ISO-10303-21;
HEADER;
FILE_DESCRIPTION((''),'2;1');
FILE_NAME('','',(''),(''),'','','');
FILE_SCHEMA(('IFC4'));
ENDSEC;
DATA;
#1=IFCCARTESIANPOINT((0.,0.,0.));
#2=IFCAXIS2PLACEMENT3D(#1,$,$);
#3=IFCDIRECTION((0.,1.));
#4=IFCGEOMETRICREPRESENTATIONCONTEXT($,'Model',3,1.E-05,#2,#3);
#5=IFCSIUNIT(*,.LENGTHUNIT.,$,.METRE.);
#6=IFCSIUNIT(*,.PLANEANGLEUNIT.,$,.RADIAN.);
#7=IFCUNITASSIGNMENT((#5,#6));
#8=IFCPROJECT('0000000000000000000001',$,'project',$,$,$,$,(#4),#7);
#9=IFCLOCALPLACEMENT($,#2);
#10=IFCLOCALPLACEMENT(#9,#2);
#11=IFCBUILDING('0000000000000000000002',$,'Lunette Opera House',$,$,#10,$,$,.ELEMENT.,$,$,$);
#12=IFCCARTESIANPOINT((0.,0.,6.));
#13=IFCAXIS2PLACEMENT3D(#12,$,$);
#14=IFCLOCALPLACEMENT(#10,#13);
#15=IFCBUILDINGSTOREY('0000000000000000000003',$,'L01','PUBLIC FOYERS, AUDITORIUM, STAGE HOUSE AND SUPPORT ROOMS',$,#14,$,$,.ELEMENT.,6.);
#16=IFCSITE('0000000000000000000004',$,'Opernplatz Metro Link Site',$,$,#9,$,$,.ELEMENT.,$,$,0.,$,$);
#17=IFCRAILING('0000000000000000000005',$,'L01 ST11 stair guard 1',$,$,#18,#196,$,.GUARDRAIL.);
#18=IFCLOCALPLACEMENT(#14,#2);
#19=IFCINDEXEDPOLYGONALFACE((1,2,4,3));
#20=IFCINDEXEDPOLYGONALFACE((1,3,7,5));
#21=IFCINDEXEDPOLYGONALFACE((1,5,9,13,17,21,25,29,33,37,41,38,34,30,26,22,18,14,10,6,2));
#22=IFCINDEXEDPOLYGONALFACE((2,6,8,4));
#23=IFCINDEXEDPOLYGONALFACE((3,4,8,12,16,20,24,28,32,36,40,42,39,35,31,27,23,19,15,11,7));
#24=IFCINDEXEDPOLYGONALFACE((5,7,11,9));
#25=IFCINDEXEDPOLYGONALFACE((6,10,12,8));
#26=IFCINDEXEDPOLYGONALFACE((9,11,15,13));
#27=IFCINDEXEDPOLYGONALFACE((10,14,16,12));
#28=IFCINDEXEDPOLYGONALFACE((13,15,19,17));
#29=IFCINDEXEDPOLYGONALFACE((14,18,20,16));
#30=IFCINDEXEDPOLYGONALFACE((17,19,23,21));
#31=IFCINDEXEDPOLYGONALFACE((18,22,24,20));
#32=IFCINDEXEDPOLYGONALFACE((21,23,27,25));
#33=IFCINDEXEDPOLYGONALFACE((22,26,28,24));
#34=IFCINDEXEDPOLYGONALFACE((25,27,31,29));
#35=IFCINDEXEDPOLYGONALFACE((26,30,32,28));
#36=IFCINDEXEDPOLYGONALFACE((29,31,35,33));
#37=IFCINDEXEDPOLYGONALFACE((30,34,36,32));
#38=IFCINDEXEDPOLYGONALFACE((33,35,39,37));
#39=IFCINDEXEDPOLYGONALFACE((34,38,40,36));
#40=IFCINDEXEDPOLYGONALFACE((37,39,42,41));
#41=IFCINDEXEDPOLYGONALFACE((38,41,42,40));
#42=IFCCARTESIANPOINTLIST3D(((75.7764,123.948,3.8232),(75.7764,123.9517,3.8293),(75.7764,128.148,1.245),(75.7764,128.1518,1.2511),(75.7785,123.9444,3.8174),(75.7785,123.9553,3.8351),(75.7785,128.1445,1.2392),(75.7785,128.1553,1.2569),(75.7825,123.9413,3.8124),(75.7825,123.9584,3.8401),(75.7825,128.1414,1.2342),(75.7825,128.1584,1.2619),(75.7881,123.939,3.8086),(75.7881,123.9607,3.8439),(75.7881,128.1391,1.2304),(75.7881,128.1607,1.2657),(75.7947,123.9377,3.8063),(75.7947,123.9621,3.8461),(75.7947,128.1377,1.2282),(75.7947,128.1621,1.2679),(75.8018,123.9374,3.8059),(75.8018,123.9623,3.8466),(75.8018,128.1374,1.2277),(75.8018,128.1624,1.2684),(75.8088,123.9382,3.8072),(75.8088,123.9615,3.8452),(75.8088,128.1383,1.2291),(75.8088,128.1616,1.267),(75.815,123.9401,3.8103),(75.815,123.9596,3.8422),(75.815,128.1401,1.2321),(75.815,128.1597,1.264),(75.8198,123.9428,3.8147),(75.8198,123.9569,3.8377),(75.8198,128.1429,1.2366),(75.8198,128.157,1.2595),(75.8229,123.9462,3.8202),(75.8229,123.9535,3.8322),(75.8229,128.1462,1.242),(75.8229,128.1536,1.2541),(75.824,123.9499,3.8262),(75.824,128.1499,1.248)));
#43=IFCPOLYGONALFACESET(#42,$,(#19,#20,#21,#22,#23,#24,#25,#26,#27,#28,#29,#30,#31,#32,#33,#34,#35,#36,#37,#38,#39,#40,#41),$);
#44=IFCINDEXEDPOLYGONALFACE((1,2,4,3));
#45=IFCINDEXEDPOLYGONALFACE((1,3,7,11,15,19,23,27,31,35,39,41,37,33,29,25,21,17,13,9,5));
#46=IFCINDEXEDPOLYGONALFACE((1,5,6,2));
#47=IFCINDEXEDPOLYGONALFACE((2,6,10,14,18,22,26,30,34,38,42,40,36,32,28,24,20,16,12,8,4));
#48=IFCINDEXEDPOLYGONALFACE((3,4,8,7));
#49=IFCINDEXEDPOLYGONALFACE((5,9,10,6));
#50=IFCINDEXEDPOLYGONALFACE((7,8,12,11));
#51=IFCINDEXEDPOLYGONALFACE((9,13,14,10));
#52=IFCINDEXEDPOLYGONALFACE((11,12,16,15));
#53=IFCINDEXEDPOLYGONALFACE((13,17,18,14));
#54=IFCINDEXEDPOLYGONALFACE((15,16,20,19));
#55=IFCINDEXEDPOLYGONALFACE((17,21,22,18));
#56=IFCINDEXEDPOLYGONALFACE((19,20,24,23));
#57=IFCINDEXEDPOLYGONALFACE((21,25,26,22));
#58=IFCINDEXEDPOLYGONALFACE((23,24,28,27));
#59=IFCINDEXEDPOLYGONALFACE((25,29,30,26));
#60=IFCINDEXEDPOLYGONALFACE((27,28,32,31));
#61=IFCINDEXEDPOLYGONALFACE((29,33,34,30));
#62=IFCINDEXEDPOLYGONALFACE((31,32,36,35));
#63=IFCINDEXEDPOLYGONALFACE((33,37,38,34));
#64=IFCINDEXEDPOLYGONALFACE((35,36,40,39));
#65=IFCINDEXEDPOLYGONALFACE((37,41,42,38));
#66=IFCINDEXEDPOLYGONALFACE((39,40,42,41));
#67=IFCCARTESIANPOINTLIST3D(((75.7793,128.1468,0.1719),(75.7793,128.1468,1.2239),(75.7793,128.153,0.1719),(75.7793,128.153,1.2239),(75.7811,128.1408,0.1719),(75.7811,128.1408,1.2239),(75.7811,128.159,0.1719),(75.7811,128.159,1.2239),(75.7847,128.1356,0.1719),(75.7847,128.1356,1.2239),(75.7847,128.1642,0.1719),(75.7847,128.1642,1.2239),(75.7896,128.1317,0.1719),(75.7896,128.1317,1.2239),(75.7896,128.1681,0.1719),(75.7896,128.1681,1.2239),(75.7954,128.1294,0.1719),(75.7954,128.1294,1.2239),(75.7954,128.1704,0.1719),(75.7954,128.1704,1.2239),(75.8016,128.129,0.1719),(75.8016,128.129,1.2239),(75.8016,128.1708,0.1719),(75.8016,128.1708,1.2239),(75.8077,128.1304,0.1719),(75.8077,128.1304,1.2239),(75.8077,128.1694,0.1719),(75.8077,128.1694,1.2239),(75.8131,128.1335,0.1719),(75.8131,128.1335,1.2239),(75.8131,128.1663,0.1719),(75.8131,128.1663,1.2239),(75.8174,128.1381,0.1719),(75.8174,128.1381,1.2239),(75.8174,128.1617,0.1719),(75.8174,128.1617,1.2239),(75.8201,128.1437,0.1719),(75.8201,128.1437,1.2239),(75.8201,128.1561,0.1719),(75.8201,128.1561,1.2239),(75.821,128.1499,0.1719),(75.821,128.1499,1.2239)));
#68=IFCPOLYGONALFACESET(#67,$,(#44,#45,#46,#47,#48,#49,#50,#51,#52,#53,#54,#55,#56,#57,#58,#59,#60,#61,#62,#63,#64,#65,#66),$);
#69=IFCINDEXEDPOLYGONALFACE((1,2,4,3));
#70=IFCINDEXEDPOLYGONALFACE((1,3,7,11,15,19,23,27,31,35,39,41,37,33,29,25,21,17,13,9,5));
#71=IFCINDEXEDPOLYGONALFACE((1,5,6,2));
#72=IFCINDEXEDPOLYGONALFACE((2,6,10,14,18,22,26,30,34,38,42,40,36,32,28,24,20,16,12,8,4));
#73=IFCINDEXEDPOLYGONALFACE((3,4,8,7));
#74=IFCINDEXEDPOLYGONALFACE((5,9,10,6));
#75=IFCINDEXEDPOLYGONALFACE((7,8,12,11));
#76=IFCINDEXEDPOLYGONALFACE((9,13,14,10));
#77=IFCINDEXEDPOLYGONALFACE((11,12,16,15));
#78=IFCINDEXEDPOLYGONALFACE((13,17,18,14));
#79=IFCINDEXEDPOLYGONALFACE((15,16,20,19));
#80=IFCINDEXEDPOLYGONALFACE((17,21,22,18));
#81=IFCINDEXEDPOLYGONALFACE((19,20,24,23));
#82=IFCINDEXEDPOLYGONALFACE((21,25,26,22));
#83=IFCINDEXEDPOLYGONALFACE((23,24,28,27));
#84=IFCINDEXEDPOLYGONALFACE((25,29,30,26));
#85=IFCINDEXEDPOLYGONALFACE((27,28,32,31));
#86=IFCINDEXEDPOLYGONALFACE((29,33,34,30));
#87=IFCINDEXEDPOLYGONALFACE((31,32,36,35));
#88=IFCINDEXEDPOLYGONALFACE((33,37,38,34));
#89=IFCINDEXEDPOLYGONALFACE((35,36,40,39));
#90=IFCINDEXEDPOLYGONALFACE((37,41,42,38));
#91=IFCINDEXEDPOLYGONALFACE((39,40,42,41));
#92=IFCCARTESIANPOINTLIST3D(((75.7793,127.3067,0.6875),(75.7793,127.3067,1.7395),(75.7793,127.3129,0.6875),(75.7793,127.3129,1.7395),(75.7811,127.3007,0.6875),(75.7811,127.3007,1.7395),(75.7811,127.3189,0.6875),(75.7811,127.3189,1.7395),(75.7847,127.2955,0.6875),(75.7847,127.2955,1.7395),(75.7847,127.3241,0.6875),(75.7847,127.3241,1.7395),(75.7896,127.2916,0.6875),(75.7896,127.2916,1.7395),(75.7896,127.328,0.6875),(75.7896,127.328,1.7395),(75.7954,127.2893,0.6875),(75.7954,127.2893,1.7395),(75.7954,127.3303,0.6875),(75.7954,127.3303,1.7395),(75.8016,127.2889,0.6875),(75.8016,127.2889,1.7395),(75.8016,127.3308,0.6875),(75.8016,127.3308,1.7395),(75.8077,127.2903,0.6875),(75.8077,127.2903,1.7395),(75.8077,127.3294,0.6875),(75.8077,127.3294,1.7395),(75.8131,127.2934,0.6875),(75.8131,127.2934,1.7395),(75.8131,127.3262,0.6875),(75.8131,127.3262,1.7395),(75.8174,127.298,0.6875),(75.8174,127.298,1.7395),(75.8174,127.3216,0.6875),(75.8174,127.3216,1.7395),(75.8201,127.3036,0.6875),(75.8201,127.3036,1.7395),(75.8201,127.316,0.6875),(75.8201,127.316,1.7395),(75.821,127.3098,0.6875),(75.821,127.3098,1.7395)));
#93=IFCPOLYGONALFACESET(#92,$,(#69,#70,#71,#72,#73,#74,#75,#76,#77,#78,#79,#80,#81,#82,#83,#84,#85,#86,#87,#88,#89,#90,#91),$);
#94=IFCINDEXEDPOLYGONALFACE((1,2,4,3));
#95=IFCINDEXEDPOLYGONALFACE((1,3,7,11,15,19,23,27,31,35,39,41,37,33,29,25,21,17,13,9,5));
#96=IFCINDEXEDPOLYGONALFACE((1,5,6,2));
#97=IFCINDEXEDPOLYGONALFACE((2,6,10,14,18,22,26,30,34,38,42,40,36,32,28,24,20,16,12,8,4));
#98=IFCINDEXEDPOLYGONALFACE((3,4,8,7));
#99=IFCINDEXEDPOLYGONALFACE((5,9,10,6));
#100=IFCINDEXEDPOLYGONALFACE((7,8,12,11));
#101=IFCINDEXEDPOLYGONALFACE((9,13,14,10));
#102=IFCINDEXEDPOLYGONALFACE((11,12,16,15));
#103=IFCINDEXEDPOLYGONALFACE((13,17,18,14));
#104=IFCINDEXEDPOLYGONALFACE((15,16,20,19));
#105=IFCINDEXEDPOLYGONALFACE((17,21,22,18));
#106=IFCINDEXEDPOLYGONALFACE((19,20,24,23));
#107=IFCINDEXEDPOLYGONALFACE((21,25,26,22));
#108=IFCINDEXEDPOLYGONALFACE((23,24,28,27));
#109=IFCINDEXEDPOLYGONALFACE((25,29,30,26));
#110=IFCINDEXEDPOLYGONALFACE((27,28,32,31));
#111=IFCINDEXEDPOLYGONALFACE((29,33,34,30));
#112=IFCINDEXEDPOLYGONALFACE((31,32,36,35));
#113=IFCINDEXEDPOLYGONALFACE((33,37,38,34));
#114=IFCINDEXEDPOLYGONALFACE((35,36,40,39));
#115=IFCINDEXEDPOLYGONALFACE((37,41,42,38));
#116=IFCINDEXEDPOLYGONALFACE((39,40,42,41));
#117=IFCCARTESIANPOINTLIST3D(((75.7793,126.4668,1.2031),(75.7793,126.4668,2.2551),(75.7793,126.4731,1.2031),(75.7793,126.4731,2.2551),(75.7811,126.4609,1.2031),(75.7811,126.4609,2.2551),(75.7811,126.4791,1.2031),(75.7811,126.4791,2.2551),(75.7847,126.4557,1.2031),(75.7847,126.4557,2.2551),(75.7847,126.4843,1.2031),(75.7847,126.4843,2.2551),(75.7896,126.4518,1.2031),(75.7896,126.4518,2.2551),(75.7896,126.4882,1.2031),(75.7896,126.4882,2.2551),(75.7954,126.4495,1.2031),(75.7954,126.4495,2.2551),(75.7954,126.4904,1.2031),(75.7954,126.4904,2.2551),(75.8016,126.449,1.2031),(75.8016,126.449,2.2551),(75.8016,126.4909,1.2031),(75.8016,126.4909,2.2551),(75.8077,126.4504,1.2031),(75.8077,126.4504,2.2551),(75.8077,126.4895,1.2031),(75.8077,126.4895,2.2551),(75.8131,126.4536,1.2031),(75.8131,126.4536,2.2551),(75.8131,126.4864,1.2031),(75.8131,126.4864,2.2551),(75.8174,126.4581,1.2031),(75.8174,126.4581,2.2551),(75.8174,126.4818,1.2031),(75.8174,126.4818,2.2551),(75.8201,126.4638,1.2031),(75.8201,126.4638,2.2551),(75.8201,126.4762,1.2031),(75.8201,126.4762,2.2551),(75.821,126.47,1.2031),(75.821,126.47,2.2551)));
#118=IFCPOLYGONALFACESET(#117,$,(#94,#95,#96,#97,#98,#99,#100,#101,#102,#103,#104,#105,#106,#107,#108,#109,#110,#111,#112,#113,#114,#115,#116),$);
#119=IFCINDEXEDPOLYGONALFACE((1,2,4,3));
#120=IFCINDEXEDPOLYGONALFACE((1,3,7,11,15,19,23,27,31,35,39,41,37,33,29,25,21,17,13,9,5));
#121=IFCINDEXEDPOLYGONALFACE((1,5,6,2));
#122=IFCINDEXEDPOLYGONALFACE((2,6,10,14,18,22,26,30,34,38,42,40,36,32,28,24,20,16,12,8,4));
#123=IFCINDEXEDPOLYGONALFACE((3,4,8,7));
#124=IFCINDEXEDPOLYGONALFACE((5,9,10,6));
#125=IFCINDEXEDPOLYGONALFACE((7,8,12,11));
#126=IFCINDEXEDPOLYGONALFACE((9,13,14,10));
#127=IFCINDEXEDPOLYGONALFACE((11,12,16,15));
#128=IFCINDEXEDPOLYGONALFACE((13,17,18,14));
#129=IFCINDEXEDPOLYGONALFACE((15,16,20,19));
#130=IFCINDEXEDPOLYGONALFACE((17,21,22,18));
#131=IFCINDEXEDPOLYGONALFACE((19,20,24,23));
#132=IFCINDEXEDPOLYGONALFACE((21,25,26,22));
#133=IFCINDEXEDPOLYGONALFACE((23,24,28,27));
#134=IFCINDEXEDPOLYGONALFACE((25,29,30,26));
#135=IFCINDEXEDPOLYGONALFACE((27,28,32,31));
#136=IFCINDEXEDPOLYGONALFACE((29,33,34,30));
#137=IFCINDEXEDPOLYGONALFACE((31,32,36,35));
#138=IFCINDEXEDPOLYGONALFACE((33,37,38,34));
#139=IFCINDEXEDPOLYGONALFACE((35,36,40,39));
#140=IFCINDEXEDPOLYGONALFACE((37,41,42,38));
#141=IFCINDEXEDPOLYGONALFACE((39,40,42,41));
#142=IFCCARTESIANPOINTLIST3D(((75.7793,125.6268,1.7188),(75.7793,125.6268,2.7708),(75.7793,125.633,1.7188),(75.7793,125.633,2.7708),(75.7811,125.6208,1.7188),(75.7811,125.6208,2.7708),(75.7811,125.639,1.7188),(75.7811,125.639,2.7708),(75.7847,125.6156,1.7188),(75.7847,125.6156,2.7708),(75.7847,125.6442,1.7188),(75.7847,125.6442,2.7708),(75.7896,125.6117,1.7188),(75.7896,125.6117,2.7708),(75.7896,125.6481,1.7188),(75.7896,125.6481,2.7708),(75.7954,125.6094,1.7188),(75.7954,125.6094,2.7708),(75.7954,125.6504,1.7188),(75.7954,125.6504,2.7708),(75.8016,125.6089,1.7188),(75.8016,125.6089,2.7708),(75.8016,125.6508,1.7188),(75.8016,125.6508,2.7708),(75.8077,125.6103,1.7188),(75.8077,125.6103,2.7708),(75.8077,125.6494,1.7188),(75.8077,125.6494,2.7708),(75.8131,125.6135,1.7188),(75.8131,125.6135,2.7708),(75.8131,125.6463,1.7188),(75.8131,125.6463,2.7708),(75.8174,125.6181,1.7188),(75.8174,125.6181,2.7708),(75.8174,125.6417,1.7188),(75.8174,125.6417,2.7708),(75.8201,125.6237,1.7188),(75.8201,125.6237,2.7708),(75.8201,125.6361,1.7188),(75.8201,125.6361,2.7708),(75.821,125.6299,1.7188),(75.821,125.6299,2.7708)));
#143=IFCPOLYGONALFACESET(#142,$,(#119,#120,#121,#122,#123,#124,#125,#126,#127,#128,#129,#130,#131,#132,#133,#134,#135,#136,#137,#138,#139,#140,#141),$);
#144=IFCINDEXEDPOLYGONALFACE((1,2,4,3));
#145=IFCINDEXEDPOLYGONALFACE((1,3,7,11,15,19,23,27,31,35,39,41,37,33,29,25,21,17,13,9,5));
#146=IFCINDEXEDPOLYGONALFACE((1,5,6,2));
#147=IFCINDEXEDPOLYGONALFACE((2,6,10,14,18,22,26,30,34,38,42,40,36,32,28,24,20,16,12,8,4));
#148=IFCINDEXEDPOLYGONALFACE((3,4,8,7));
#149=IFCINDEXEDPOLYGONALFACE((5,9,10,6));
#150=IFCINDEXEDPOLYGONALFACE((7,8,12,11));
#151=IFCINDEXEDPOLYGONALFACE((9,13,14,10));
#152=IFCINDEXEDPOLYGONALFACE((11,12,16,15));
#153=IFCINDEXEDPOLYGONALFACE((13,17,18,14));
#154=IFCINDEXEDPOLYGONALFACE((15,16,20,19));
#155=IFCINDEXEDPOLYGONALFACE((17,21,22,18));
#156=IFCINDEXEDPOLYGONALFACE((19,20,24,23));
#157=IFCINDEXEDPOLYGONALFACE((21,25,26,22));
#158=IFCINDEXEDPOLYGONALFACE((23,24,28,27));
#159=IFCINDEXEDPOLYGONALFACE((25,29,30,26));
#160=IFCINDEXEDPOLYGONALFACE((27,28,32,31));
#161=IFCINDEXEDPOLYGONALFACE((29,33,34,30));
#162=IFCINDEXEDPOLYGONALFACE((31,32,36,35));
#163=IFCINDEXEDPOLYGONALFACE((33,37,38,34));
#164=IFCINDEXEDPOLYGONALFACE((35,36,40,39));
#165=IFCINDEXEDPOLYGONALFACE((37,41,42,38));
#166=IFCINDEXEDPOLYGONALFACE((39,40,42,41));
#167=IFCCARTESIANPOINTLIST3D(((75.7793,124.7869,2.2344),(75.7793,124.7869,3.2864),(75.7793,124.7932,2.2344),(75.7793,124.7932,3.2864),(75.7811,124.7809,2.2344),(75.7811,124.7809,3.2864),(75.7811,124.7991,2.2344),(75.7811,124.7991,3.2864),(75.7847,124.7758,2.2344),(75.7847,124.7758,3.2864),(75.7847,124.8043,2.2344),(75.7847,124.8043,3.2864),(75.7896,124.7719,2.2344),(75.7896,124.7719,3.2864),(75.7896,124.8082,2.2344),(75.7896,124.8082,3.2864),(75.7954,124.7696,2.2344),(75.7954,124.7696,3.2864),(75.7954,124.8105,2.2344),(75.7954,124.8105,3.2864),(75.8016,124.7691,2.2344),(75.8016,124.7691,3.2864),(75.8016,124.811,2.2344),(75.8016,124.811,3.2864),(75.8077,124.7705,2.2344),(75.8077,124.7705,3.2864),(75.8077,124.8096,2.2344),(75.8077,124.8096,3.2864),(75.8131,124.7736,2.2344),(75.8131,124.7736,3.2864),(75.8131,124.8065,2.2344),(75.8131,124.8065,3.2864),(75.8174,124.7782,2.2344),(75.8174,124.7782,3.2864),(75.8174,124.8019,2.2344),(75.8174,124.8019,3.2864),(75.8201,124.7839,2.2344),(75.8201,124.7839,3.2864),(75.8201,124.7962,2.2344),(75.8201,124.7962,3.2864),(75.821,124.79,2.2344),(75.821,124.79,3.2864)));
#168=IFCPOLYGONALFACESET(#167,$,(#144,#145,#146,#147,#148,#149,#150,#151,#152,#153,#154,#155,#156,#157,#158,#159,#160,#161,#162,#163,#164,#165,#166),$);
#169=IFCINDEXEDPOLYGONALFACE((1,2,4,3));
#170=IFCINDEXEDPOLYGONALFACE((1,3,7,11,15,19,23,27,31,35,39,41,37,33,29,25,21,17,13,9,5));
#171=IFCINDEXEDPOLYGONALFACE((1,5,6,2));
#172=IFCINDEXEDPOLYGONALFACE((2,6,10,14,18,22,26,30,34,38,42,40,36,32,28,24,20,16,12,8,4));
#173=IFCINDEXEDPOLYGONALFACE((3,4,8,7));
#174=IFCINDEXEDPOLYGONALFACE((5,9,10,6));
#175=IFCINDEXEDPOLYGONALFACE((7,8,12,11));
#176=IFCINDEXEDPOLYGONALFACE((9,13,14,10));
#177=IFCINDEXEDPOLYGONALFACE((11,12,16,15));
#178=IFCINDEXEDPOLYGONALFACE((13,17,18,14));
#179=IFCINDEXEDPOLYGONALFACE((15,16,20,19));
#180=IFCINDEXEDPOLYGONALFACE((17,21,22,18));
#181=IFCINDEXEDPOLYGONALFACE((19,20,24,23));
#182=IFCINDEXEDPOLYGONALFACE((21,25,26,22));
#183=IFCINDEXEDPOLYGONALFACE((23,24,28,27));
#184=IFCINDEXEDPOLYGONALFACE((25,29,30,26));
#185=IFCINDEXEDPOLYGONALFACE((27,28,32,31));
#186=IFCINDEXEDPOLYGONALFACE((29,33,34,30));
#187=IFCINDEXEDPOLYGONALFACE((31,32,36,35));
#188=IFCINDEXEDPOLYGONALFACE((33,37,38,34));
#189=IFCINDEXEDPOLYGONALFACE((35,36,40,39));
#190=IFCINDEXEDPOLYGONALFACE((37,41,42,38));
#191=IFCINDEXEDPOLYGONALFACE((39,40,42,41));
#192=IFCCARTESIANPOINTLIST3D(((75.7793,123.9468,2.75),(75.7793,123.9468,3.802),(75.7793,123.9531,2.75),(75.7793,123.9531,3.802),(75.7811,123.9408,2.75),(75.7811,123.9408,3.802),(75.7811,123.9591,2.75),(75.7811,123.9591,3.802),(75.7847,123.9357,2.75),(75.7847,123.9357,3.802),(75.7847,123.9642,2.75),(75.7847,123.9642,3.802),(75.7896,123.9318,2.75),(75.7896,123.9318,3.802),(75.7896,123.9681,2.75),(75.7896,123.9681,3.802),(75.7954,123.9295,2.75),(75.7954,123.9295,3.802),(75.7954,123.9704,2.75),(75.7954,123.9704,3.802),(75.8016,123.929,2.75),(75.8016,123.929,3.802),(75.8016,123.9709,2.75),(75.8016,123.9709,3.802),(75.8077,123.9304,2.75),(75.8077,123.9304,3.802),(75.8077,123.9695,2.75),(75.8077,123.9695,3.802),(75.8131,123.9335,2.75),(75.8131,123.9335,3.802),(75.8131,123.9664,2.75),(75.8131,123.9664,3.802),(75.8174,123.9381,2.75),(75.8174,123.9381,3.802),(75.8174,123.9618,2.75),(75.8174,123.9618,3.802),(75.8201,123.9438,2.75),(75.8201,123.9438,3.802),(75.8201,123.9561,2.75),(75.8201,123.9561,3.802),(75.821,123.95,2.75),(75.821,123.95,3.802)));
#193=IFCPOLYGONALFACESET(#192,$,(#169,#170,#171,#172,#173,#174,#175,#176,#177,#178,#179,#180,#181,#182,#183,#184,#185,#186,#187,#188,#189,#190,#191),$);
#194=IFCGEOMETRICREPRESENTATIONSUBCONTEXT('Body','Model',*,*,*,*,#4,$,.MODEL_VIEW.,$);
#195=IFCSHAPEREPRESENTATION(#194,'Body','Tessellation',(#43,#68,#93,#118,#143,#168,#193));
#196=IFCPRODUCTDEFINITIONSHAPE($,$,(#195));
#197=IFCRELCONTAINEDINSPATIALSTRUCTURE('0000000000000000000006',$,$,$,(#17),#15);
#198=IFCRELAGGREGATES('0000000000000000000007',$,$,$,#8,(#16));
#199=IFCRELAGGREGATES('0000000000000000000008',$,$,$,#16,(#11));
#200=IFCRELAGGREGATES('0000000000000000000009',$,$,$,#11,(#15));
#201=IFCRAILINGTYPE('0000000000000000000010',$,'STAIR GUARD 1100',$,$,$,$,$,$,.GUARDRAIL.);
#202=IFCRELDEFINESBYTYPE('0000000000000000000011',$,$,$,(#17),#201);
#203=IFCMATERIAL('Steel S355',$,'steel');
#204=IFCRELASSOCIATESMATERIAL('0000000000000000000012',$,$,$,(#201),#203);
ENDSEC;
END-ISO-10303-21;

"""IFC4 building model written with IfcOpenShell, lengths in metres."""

from ifc_helpers import new_model, si_unit, direction, frame, origin, origin_2d, place, context, subcontext, project, spatial, circle, extrude, material, type_object, element, save


model = new_model("IFC4")

# Units and contexts
model_context = context("Model", 3, precision=1e-05, world=origin(), true_north=direction((0.0, 1.0)))
body_context = subcontext(model_context, "Body", "Model", "MODEL_VIEW")
ifc_project = project(units=[si_unit("LENGTHUNIT", "METRE"), si_unit("PLANEANGLEUNIT", "RADIAN")], contexts=[model_context])

# Site, building, storey
site_placement = place(None, origin())
site = spatial("IfcSite", under=ifc_project, at=site_placement, Name="Opernplatz Metro Link Site", CompositionType="ELEMENT", RefElevation=0.0)
building_placement = place(site_placement, origin())
building = spatial("IfcBuilding", under=site, at=building_placement, Name="Lunette Opera House", CompositionType="ELEMENT")
storey_placement = place(building_placement, frame((0.0, 0.0, 6.0)))
storey = spatial("IfcBuildingStorey", under=building, at=storey_placement, Name="L01", Description="PUBLIC FOYERS, AUDITORIUM, STAGE HOUSE AND SUPPORT ROOMS", CompositionType="ELEMENT", Elevation=6.0)

# Railing
ifc_material_1 = material(Name="Steel S355", Category="steel")
railing_type_1 = type_object("IfcRailingType", Name="STAIR GUARD 1100", PredefinedType="GUARDRAIL", material=ifc_material_1)
railing_1_placement = place(storey_placement, frame((75.8, 128.1499, 0.1719)))
element("IfcRailing", 1, at=railing_1_placement, inside=storey, type_object=railing_type_1, Name="L01 ST11 stair guard 1", PredefinedType="GUARDRAIL", context=body_context, shape_type="SweptSolid", body=[
    extrude(circle(Radius=0.0239, at=origin_2d()), frame((0.0, 0.0, 1.0762), z_axis=(0.0, -0.852243, 0.523146), x_axis=(1.0, 0.0, 0.0)), (0.0, 0.0, 1.0), 4.9282),
    extrude(circle(Radius=0.021, at=origin_2d()), origin(), (0.0, 0.0, 1.0), 1.052),
    extrude(circle(Radius=0.021, at=origin_2d()), frame((0.0, -0.8401, 0.5156)), (0.0, 0.0, 1.0), 1.052),
    extrude(circle(Radius=0.021, at=origin_2d()), frame((0.0, -1.6799, 1.0312)), (0.0, 0.0, 1.0), 1.052),
    extrude(circle(Radius=0.021, at=origin_2d()), frame((0.0, -2.52, 1.5469)), (0.0, 0.0, 1.0), 1.052),
    extrude(circle(Radius=0.021, at=origin_2d()), frame((0.0, -3.3599, 2.0625)), (0.0, 0.0, 1.0), 1.052),
    extrude(circle(Radius=0.021, at=origin_2d()), frame((0.0, -4.2, 2.5781)), (0.0, 0.0, 1.0), 1.052),
])

save(model, "model.ifc")
